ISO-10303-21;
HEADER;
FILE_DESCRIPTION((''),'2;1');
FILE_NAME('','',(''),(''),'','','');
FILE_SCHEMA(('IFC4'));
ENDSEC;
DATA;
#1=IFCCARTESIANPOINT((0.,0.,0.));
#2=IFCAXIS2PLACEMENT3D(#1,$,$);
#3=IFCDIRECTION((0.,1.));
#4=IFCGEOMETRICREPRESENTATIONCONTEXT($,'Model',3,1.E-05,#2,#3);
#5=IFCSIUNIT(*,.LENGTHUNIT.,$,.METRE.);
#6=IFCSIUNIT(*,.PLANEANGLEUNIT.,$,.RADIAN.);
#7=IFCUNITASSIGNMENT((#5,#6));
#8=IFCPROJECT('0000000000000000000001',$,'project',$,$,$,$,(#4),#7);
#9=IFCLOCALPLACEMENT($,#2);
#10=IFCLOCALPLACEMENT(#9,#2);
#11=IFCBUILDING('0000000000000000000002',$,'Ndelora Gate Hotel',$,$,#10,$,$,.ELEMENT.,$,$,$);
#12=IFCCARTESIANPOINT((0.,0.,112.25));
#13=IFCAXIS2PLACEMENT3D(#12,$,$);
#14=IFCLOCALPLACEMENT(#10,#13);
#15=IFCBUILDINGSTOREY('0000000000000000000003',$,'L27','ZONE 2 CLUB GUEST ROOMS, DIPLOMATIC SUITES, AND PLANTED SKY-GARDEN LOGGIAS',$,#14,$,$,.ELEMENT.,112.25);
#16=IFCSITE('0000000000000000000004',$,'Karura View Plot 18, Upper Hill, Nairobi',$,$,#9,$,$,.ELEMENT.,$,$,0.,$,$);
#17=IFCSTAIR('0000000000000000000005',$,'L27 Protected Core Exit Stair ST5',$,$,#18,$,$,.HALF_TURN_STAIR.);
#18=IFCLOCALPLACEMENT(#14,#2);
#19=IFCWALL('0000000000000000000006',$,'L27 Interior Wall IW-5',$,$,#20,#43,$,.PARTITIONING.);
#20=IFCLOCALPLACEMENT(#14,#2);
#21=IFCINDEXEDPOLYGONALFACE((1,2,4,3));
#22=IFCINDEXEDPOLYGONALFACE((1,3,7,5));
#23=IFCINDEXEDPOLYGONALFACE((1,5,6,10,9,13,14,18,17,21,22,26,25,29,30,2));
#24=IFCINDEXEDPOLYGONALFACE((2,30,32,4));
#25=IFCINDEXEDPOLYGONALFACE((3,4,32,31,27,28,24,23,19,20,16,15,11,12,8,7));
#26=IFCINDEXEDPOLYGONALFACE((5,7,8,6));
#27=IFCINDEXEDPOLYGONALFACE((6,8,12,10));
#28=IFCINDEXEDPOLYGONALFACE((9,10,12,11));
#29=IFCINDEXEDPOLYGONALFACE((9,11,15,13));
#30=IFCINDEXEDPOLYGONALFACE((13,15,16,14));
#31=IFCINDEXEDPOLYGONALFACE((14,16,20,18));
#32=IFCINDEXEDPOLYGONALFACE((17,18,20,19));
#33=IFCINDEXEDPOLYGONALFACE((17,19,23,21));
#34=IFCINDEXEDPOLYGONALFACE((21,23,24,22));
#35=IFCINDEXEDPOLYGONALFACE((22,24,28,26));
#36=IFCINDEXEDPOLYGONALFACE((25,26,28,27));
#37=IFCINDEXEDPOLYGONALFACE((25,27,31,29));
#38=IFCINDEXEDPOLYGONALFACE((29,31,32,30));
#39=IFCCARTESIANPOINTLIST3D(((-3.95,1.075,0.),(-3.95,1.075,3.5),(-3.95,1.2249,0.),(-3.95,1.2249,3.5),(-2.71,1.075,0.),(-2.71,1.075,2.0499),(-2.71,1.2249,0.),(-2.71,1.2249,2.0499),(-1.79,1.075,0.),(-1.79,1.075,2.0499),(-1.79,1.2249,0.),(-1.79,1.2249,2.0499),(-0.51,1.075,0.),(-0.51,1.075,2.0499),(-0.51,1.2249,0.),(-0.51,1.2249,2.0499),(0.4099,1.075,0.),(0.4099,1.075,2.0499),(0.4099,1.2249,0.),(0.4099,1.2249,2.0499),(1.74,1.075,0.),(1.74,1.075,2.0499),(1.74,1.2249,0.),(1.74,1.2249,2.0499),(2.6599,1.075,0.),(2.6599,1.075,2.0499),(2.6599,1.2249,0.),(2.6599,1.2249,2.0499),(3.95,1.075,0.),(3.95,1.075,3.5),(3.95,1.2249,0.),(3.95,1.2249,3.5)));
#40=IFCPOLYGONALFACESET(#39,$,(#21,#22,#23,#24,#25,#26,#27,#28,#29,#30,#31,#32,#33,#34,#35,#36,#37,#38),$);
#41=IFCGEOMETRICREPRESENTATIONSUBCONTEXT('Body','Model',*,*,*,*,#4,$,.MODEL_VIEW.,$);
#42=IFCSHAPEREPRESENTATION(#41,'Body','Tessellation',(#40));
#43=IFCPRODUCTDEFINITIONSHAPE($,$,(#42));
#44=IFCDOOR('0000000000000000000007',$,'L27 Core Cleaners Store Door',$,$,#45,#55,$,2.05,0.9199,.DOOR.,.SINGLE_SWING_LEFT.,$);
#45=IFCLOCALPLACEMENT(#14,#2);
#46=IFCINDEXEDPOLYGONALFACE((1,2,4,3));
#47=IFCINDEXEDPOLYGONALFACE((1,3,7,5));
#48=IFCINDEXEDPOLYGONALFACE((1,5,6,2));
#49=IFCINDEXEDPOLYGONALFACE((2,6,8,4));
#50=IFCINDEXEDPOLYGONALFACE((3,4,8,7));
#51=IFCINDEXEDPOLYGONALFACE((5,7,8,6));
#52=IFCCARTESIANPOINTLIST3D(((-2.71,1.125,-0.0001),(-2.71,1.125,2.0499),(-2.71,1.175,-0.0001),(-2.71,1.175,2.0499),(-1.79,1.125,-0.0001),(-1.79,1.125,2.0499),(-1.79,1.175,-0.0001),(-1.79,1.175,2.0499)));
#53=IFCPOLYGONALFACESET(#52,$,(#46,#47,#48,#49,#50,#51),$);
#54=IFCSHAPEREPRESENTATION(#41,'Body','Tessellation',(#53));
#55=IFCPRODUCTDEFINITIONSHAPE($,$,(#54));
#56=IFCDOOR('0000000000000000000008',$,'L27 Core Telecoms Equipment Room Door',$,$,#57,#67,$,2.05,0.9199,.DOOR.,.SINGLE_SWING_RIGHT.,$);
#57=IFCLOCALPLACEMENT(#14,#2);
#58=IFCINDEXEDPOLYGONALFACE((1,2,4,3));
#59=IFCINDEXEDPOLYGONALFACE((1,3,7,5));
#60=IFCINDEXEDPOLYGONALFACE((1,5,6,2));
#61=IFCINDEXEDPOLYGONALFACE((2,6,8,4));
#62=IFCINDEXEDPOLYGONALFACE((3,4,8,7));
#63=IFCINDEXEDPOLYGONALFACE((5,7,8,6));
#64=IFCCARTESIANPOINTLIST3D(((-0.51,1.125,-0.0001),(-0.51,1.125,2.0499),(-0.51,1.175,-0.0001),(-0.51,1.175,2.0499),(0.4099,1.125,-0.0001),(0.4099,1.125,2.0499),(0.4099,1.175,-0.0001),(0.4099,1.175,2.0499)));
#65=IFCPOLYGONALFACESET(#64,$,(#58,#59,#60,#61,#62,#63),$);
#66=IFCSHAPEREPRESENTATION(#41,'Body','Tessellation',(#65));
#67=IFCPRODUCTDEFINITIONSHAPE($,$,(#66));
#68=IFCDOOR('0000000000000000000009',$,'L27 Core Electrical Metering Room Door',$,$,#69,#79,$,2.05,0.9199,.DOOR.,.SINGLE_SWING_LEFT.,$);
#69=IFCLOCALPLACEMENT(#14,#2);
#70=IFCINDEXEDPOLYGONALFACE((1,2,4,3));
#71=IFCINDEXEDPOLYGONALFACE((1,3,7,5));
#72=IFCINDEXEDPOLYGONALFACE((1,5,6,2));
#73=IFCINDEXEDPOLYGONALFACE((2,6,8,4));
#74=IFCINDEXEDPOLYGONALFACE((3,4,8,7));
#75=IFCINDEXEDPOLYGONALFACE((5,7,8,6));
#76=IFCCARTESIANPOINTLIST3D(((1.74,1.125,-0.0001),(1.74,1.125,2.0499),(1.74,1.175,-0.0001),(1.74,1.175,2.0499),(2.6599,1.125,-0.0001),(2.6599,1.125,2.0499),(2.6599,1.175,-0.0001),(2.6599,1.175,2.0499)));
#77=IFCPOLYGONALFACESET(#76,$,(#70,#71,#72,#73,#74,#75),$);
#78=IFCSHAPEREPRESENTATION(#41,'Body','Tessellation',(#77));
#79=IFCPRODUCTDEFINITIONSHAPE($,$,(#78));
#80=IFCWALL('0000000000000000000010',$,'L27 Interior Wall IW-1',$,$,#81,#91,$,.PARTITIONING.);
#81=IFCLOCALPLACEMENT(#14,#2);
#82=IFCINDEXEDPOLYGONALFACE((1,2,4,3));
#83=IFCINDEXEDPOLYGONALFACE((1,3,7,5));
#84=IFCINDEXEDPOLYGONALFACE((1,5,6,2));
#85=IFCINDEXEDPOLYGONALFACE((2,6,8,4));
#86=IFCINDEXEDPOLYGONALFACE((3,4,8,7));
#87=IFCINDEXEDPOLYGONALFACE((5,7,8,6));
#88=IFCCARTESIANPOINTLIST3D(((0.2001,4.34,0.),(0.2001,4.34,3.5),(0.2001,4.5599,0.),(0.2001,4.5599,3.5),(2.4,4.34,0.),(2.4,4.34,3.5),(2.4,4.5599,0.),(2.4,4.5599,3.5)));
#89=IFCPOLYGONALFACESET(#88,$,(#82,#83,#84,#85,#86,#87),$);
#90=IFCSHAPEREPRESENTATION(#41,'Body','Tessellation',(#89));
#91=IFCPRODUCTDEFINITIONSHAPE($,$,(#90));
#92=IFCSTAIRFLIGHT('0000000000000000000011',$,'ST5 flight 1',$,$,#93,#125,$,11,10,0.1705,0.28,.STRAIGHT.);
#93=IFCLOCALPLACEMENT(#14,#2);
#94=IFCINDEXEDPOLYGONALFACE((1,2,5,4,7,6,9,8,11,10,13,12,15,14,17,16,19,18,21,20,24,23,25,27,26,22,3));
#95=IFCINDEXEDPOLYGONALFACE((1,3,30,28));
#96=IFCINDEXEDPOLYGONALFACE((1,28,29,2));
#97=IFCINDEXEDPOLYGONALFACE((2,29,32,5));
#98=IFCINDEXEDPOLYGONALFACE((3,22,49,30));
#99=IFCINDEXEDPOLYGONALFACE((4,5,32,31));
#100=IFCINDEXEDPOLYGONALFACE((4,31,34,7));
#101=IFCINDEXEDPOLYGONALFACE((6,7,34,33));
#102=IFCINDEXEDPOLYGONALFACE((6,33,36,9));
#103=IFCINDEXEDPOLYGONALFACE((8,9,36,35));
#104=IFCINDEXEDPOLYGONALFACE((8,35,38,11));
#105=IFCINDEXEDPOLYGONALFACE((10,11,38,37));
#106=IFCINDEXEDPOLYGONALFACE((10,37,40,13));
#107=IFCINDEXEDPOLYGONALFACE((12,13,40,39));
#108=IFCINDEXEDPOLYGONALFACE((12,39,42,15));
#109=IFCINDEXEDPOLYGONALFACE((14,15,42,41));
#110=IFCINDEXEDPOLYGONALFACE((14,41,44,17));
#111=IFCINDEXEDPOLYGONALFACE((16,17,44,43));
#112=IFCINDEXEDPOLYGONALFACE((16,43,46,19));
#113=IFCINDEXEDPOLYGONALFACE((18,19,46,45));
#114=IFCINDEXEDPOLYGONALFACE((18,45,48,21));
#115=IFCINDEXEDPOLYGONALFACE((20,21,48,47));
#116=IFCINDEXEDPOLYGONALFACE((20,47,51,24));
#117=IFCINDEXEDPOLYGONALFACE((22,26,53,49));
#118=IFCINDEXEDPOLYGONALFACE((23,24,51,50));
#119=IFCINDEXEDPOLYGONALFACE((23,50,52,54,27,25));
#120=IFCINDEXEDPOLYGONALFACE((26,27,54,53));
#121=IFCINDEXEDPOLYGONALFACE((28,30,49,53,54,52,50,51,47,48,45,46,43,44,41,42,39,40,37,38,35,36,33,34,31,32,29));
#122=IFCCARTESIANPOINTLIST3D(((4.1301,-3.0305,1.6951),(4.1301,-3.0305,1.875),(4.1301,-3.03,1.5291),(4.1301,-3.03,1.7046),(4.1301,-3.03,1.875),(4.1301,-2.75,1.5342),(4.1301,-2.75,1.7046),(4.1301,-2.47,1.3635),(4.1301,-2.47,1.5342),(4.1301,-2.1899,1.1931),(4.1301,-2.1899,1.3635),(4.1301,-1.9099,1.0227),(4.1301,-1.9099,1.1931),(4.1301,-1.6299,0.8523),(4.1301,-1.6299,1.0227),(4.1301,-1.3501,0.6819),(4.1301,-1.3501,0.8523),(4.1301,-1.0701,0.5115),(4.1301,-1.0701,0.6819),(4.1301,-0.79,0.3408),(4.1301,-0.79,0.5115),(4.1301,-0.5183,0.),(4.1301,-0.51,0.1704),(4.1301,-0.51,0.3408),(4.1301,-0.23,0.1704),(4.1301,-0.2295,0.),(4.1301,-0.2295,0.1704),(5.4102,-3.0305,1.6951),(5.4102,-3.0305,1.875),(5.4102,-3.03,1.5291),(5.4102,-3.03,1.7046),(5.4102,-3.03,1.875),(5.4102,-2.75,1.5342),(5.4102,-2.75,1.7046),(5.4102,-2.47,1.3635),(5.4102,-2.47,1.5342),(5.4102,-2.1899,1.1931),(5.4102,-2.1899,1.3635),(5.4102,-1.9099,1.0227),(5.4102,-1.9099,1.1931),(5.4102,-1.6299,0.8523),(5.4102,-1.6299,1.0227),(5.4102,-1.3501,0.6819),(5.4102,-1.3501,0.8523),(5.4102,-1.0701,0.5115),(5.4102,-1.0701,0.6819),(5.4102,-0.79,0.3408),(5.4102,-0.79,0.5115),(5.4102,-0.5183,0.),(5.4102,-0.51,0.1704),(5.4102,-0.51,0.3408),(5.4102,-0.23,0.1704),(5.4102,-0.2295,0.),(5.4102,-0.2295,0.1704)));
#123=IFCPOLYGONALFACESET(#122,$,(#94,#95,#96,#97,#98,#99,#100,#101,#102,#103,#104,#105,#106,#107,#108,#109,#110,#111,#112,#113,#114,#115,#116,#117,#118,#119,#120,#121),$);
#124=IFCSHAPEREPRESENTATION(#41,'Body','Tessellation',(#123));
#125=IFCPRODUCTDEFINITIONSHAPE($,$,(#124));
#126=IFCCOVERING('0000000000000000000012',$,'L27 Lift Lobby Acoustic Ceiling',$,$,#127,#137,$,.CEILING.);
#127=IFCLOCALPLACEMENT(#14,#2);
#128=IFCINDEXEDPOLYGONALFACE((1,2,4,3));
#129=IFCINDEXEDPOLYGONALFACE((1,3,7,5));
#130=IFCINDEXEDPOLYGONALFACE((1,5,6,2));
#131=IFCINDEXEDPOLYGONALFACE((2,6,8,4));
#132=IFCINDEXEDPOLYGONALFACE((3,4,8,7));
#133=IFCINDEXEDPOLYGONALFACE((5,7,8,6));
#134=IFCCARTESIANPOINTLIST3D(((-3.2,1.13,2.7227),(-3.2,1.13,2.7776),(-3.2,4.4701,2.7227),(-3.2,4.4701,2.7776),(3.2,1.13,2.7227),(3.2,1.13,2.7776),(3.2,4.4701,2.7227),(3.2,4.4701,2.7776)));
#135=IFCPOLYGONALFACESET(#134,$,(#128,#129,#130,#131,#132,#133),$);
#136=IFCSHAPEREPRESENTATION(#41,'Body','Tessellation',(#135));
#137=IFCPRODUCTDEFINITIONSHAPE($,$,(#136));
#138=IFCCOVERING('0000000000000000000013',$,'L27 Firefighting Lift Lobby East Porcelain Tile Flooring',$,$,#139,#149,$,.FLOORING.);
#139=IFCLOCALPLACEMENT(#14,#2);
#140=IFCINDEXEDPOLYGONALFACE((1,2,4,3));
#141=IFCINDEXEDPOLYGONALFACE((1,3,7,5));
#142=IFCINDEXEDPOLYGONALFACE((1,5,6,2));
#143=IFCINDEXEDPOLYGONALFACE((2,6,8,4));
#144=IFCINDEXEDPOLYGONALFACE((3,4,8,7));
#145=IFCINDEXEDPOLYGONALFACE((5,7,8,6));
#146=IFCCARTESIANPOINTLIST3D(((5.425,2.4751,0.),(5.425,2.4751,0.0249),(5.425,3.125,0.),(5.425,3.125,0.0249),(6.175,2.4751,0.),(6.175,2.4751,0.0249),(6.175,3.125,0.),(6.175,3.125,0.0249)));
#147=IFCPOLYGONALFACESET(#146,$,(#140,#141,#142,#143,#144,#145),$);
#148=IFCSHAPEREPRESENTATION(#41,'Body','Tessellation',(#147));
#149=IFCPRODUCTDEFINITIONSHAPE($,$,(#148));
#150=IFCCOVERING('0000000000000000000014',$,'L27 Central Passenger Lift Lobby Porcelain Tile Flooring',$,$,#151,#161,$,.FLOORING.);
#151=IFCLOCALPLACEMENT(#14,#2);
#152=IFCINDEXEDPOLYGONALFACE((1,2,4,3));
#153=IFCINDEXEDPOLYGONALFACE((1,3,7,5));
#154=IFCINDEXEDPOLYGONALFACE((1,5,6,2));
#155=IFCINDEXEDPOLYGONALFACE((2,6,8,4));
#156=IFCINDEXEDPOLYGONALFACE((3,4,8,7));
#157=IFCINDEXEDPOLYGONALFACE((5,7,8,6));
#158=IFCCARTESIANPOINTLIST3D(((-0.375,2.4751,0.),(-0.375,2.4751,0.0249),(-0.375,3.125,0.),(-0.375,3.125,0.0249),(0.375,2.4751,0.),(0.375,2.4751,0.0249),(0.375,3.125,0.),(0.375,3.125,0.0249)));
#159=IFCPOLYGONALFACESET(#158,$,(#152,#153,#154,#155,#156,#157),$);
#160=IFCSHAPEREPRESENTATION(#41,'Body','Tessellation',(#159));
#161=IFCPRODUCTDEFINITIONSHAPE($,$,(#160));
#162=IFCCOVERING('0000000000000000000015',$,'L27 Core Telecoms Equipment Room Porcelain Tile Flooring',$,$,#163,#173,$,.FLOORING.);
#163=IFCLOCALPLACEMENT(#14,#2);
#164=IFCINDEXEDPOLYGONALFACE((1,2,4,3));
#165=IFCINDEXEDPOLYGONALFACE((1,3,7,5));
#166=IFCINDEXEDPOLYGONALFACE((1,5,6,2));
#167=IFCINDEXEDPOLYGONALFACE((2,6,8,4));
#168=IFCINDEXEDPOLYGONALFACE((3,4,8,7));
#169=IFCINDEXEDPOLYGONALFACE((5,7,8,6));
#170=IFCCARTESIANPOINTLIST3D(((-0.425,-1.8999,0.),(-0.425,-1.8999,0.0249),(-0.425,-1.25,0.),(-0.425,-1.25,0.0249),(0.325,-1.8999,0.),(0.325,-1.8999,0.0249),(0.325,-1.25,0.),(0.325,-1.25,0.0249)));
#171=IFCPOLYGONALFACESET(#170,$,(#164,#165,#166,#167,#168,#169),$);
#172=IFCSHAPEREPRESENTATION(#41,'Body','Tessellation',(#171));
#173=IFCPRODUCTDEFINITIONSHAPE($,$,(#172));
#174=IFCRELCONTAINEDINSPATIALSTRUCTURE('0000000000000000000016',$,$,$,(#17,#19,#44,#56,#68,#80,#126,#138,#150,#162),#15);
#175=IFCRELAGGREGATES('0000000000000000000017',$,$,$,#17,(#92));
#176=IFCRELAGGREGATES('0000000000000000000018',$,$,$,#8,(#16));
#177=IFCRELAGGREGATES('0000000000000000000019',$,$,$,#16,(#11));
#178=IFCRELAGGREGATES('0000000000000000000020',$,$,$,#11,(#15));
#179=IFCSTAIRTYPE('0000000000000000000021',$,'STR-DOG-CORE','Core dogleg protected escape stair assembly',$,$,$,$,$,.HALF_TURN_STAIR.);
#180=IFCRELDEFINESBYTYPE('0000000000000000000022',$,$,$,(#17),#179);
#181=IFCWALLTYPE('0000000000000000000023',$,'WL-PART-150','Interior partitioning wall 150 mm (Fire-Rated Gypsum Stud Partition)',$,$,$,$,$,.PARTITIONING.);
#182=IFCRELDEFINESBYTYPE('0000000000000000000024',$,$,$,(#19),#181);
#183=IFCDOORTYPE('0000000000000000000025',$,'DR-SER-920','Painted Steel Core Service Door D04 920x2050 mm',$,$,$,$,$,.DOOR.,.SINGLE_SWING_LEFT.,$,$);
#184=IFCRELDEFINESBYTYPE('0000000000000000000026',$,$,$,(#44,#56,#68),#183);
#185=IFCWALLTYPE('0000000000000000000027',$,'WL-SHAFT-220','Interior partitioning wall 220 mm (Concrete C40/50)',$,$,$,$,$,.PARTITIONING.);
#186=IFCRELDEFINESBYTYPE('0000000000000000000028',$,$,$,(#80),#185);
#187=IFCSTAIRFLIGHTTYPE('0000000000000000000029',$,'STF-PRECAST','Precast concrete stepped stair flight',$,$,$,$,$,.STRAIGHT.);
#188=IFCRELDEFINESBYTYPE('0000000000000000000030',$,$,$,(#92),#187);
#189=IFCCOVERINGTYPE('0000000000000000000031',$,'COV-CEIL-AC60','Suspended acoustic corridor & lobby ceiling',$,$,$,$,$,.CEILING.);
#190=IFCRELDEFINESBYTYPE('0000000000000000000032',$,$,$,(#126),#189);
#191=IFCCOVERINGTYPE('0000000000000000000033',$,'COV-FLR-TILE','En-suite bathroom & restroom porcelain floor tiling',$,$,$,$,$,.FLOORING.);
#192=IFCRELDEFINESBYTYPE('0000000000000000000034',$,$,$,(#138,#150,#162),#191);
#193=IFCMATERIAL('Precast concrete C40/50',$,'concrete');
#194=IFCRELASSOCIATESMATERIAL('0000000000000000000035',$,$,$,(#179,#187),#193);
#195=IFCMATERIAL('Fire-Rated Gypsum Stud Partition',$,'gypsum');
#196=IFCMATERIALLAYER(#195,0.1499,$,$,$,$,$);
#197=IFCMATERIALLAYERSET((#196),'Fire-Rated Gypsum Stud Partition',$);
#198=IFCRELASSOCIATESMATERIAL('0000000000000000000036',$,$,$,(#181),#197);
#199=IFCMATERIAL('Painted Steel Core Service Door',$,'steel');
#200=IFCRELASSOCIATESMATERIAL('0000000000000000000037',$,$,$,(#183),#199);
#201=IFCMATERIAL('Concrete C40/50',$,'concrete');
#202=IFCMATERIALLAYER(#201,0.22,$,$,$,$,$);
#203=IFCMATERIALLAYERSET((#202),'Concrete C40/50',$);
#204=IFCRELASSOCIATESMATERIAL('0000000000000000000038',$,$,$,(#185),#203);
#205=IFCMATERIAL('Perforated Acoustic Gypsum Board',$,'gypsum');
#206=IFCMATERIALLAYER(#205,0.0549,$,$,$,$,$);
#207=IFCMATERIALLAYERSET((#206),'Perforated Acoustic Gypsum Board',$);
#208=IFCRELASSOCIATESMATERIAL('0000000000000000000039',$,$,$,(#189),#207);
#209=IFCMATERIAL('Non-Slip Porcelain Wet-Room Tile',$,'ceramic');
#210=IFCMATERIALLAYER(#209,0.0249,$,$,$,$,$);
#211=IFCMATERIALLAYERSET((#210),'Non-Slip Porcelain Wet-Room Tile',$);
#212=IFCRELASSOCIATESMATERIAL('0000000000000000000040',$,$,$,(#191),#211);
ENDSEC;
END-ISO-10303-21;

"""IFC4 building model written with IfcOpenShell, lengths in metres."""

from ifc_helpers import new_model, si_unit, direction, frame, frame_2d, origin, origin_2d, place, context, subcontext, project, spatial, polyline, rectangle, outline, extrude, material, layer, layer_set, type_object, element, fill, aggregate, save


model = new_model("IFC4")

# Units and contexts
model_context = context("Model", 3, precision=1e-05, world=origin(), true_north=direction((0.0, 1.0)))
body_context = subcontext(model_context, "Body", "Model", "MODEL_VIEW")
ifc_project = project(units=[si_unit("LENGTHUNIT", "METRE"), si_unit("PLANEANGLEUNIT", "RADIAN")], contexts=[model_context])

# Site, building, storey
site_placement = place(None, origin())
site = spatial("IfcSite", under=ifc_project, at=site_placement, Name="Karura View Plot 18, Upper Hill, Nairobi", CompositionType="ELEMENT", RefElevation=0.0)
building_placement = place(site_placement, origin())
building = spatial("IfcBuilding", under=site, at=building_placement, Name="Ndelora Gate Hotel", CompositionType="ELEMENT")
storey_placement = place(building_placement, frame((0.0, 0.0, 112.25)))
storey = spatial("IfcBuildingStorey", under=building, at=storey_placement, Name="L27", Description="ZONE 2 CLUB GUEST ROOMS, DIPLOMATIC SUITES, AND PLANTED SKY-GARDEN LOGGIAS", CompositionType="ELEMENT", Elevation=112.25)

# Stair
ifc_material_1 = material(Name="Precast concrete C40/50", Category="concrete")
stair_type = type_object("IfcStairType", Name="STR-DOG-CORE", Description="Core dogleg protected escape stair assembly", PredefinedType="HALF_TURN_STAIR", material=ifc_material_1)
stair_1_placement = place(storey_placement, origin())
stair_1 = element("IfcStair", 1, at=stair_1_placement, inside=storey, type_object=stair_type, Name="L27 Protected Core Exit Stair ST5", PredefinedType="HALF_TURN_STAIR")

# Shared definitions
ifc_material_2 = material(Name="Concrete C40/50", Category="concrete")

# Wall, openings, doors
ifc_material_3 = material(Name="Fire-Rated Gypsum Stud Partition", Category="gypsum")
ifc_layer_1 = layer(ifc_material_3, 0.1499)
ifc_layer_set_1 = layer_set([ifc_layer_1], Name="Fire-Rated Gypsum Stud Partition")
wall_type_1 = type_object("IfcWallType", Name="WL-PART-150", Description="Interior partitioning wall 150 mm (Fire-Rated Gypsum Stud Partition)", PredefinedType="PARTITIONING", material=ifc_layer_set_1)
wall_1_placement = place(storey_placement, frame((3.95, 1.1499, 0.0), z_axis=(0.0, 0.0, 1.0), x_axis=(-1.0, 0.0, 0.0)))
wall_1 = element("IfcWall", 2, at=wall_1_placement, inside=storey, type_object=wall_type_1, Name="L27 Interior Wall IW-5", PredefinedType="PARTITIONING", context=body_context, shape_type="SweptSolid", body=[
    extrude(rectangle(XDim=7.8999, YDim=0.1499, at=frame_2d((3.95, 0.0))), origin(), (0.0, 0.0, 1.0), 3.5),
])
opening_1_placement = place(wall_1_placement, frame((5.74, 0.0, 0.0)))
opening_1 = element("IfcOpeningElement", 3, at=opening_1_placement, cuts=wall_1, PredefinedType="OPENING", context=body_context, shape_type="SweptSolid", body=[
    extrude(rectangle(XDim=0.9199, YDim=2.05, at=frame_2d((0.46, 1.0249))), frame((0.0, 0.085, 0.0), z_axis=(0.0, -1.0, 0.0), x_axis=(1.0, 0.0, 0.0)), (0.0, 0.0, 1.0), 0.1699),
])
opening_2_placement = place(wall_1_placement, frame((3.54, 0.0, 0.0)))
opening_2 = element("IfcOpeningElement", 4, at=opening_2_placement, cuts=wall_1, PredefinedType="OPENING", context=body_context, shape_type="SweptSolid", body=[
    extrude(rectangle(XDim=0.9199, YDim=2.05, at=frame_2d((0.46, 1.0249))), frame((0.0, 0.085, 0.0), z_axis=(0.0, -1.0, 0.0), x_axis=(1.0, 0.0, 0.0)), (0.0, 0.0, 1.0), 0.1699),
])
opening_3_placement = place(wall_1_placement, frame((1.29, 0.0, 0.0)))
opening_3 = element("IfcOpeningElement", 5, at=opening_3_placement, cuts=wall_1, PredefinedType="OPENING", context=body_context, shape_type="SweptSolid", body=[
    extrude(rectangle(XDim=0.9199, YDim=2.05, at=frame_2d((0.46, 1.0249))), frame((0.0, 0.085, 0.0), z_axis=(0.0, -1.0, 0.0), x_axis=(1.0, 0.0, 0.0)), (0.0, 0.0, 1.0), 0.1699),
])
ifc_material_4 = material(Name="Painted Steel Core Service Door", Category="steel")
door_type_1 = type_object("IfcDoorType", Name="DR-SER-920", Description="Painted Steel Core Service Door D04 920x2050 mm", OperationType="SINGLE_SWING_LEFT", PredefinedType="DOOR", material=ifc_material_4)
door_1_placement = place(opening_1_placement, origin())
door_1 = element("IfcDoor", 6, at=door_1_placement, inside=storey, type_object=door_type_1, Name="L27 Core Cleaners Store Door", OperationType="SINGLE_SWING_LEFT", OverallHeight=2.05, OverallWidth=0.9199, PredefinedType="DOOR", context=body_context, shape_type="SweptSolid", body=[
    extrude(rectangle(XDim=0.9199, YDim=2.05, at=frame_2d((0.46, 1.0249))), frame((0.0, 0.0249, 0.0), z_axis=(0.0, -1.0, 0.0), x_axis=(1.0, 0.0, 0.0)), (0.0, 0.0, 1.0), 0.05),
])
fill(opening_1, door_1)
door_2_placement = place(opening_2_placement, origin())
door_2 = element("IfcDoor", 7, at=door_2_placement, inside=storey, type_object=door_type_1, Name="L27 Core Telecoms Equipment Room Door", OperationType="SINGLE_SWING_RIGHT", OverallHeight=2.05, OverallWidth=0.9199, PredefinedType="DOOR", context=body_context, shape_type="SweptSolid", body=[
    extrude(rectangle(XDim=0.9199, YDim=2.05, at=frame_2d((0.46, 1.0249))), frame((0.0, 0.0249, 0.0), z_axis=(0.0, -1.0, 0.0), x_axis=(1.0, 0.0, 0.0)), (0.0, 0.0, 1.0), 0.05),
])
fill(opening_2, door_2)
door_3_placement = place(opening_3_placement, origin())
door_3 = element("IfcDoor", 8, at=door_3_placement, inside=storey, type_object=door_type_1, Name="L27 Core Electrical Metering Room Door", OperationType="SINGLE_SWING_LEFT", OverallHeight=2.05, OverallWidth=0.9199, PredefinedType="DOOR", context=body_context, shape_type="SweptSolid", body=[
    extrude(rectangle(XDim=0.9199, YDim=2.05, at=frame_2d((0.46, 1.0249))), frame((0.0, 0.0249, 0.0), z_axis=(0.0, -1.0, 0.0), x_axis=(1.0, 0.0, 0.0)), (0.0, 0.0, 1.0), 0.05),
])
fill(opening_3, door_3)

# Wall
ifc_layer_2 = layer(ifc_material_2, 0.22)
ifc_layer_set_2 = layer_set([ifc_layer_2], Name="Concrete C40/50")
wall_type_2 = type_object("IfcWallType", Name="WL-SHAFT-220", Description="Interior partitioning wall 220 mm (Concrete C40/50)", PredefinedType="PARTITIONING", material=ifc_layer_set_2)
wall_2_placement = place(storey_placement, frame((0.2, 4.45, 0.0), z_axis=(0.0, 0.0, 1.0), x_axis=(1.0, 0.0, 0.0)))
element("IfcWall", 9, at=wall_2_placement, inside=storey, type_object=wall_type_2, Name="L27 Interior Wall IW-1", PredefinedType="PARTITIONING", context=body_context, shape_type="SweptSolid", body=[
    extrude(rectangle(XDim=2.2, YDim=0.22, at=frame_2d((1.1001, 0.0))), origin(), (0.0, 0.0, 1.0), 3.5),
])

# Stair flight
stair_flight_type = type_object("IfcStairFlightType", Name="STF-PRECAST", Description="Precast concrete stepped stair flight", PredefinedType="STRAIGHT", material=ifc_material_1)
stair_flight_placement = place(storey_placement, frame((4.77, -0.23, 0.0), z_axis=(0.0, 0.0, 1.0), x_axis=(0.0, -1.0, 0.0)))
stair_flight = element("IfcStairFlight", 10, at=stair_flight_placement, type_object=stair_flight_type, Name="ST5 flight 1", NumberOfRisers=11, NumberOfTreads=10, PredefinedType="STRAIGHT", RiserHeight=0.1705, TreadLength=0.28, context=body_context, shape_type="SweptSolid", body=[
    extrude(outline(polyline([(-0.0005, 0.0), (-0.0005, 0.1704), (0.0, 0.1704), (0.28, 0.1704), (0.28, 0.3408), (0.5601, 0.3408), (0.5601, 0.5115), (0.8401, 0.5115), (0.8401, 0.6819), (1.1201, 0.6819), (1.1201, 0.8523), (1.3999, 0.8523), (1.3999, 1.0227), (1.6799, 1.0227), (1.6799, 1.1931), (1.96, 1.1931), (1.96, 1.3635), (2.24, 1.3635), (2.24, 1.5342), (2.52, 1.5342), (2.52, 1.7046), (2.8, 1.7046), (2.8, 1.875), (2.8005, 1.875), (2.8005, 1.6951), (2.8, 1.5291), (0.2883, 0.0), (-0.0005, 0.0)])), frame((0.0, 0.6401, 0.0), z_axis=(0.0, -1.0, 0.0), x_axis=(1.0, 0.0, 0.0)), (0.0, 0.0, 1.0), 1.28),
])
aggregate(stair_1, [stair_flight])

# Coverings
ifc_material_5 = material(Name="Perforated Acoustic Gypsum Board", Category="gypsum")
ifc_layer_3 = layer(ifc_material_5, 0.0549)
ifc_layer_set_3 = layer_set([ifc_layer_3], Name="Perforated Acoustic Gypsum Board")
covering_type_1 = type_object("IfcCoveringType", Name="COV-CEIL-AC60", Description="Suspended acoustic corridor & lobby ceiling", PredefinedType="CEILING", material=ifc_layer_set_3)
covering_placement = place(storey_placement, frame((0.0, 2.8, 2.7227), z_axis=(0.0, 0.0, 1.0), x_axis=(1.0, 0.0, 0.0)))
element("IfcCovering", 11, at=covering_placement, inside=storey, type_object=covering_type_1, Name="L27 Lift Lobby Acoustic Ceiling", PredefinedType="CEILING", context=body_context, shape_type="SweptSolid", body=[
    extrude(rectangle(XDim=6.3999, YDim=3.3401, at=origin_2d()), origin(), (0.0, 0.0, 1.0), 0.0549),
])
ifc_material_6 = material(Name="Non-Slip Porcelain Wet-Room Tile", Category="ceramic")
ifc_layer_4 = layer(ifc_material_6, 0.0249)
ifc_layer_set_4 = layer_set([ifc_layer_4], Name="Non-Slip Porcelain Wet-Room Tile")
covering_type_2 = type_object("IfcCoveringType", Name="COV-FLR-TILE", Description="En-suite bathroom & restroom porcelain floor tiling", PredefinedType="FLOORING", material=ifc_layer_set_4)
for number, where, z_axis, x_axis, name in (
    (12, (5.8, 2.8, 0.0), (0.0, 0.0, 1.0), (1.0, 0.0, 0.0), "L27 Firefighting Lift Lobby East Porcelain Tile Flooring"),
    (13, (0.0, 2.8, 0.0), (0.0, 0.0, 1.0), (1.0, 0.0, 0.0), "L27 Central Passenger Lift Lobby Porcelain Tile Flooring"),
    (14, (-0.05, -1.575, 0.0), (0.0, 0.0, 1.0), (1.0, 0.0, 0.0), "L27 Core Telecoms Equipment Room Porcelain Tile Flooring"),
):
    element("IfcCovering", number, at=place(storey_placement, frame(where, z_axis=z_axis, x_axis=x_axis)), inside=storey, type_object=covering_type_2, Name=name, PredefinedType="FLOORING", context=body_context, shape_type="SweptSolid", body=[
        extrude(rectangle(XDim=0.75, YDim=0.6499, at=origin_2d()), origin(), (0.0, 0.0, 1.0), 0.0249),
    ])

save(model, "model.ifc")
